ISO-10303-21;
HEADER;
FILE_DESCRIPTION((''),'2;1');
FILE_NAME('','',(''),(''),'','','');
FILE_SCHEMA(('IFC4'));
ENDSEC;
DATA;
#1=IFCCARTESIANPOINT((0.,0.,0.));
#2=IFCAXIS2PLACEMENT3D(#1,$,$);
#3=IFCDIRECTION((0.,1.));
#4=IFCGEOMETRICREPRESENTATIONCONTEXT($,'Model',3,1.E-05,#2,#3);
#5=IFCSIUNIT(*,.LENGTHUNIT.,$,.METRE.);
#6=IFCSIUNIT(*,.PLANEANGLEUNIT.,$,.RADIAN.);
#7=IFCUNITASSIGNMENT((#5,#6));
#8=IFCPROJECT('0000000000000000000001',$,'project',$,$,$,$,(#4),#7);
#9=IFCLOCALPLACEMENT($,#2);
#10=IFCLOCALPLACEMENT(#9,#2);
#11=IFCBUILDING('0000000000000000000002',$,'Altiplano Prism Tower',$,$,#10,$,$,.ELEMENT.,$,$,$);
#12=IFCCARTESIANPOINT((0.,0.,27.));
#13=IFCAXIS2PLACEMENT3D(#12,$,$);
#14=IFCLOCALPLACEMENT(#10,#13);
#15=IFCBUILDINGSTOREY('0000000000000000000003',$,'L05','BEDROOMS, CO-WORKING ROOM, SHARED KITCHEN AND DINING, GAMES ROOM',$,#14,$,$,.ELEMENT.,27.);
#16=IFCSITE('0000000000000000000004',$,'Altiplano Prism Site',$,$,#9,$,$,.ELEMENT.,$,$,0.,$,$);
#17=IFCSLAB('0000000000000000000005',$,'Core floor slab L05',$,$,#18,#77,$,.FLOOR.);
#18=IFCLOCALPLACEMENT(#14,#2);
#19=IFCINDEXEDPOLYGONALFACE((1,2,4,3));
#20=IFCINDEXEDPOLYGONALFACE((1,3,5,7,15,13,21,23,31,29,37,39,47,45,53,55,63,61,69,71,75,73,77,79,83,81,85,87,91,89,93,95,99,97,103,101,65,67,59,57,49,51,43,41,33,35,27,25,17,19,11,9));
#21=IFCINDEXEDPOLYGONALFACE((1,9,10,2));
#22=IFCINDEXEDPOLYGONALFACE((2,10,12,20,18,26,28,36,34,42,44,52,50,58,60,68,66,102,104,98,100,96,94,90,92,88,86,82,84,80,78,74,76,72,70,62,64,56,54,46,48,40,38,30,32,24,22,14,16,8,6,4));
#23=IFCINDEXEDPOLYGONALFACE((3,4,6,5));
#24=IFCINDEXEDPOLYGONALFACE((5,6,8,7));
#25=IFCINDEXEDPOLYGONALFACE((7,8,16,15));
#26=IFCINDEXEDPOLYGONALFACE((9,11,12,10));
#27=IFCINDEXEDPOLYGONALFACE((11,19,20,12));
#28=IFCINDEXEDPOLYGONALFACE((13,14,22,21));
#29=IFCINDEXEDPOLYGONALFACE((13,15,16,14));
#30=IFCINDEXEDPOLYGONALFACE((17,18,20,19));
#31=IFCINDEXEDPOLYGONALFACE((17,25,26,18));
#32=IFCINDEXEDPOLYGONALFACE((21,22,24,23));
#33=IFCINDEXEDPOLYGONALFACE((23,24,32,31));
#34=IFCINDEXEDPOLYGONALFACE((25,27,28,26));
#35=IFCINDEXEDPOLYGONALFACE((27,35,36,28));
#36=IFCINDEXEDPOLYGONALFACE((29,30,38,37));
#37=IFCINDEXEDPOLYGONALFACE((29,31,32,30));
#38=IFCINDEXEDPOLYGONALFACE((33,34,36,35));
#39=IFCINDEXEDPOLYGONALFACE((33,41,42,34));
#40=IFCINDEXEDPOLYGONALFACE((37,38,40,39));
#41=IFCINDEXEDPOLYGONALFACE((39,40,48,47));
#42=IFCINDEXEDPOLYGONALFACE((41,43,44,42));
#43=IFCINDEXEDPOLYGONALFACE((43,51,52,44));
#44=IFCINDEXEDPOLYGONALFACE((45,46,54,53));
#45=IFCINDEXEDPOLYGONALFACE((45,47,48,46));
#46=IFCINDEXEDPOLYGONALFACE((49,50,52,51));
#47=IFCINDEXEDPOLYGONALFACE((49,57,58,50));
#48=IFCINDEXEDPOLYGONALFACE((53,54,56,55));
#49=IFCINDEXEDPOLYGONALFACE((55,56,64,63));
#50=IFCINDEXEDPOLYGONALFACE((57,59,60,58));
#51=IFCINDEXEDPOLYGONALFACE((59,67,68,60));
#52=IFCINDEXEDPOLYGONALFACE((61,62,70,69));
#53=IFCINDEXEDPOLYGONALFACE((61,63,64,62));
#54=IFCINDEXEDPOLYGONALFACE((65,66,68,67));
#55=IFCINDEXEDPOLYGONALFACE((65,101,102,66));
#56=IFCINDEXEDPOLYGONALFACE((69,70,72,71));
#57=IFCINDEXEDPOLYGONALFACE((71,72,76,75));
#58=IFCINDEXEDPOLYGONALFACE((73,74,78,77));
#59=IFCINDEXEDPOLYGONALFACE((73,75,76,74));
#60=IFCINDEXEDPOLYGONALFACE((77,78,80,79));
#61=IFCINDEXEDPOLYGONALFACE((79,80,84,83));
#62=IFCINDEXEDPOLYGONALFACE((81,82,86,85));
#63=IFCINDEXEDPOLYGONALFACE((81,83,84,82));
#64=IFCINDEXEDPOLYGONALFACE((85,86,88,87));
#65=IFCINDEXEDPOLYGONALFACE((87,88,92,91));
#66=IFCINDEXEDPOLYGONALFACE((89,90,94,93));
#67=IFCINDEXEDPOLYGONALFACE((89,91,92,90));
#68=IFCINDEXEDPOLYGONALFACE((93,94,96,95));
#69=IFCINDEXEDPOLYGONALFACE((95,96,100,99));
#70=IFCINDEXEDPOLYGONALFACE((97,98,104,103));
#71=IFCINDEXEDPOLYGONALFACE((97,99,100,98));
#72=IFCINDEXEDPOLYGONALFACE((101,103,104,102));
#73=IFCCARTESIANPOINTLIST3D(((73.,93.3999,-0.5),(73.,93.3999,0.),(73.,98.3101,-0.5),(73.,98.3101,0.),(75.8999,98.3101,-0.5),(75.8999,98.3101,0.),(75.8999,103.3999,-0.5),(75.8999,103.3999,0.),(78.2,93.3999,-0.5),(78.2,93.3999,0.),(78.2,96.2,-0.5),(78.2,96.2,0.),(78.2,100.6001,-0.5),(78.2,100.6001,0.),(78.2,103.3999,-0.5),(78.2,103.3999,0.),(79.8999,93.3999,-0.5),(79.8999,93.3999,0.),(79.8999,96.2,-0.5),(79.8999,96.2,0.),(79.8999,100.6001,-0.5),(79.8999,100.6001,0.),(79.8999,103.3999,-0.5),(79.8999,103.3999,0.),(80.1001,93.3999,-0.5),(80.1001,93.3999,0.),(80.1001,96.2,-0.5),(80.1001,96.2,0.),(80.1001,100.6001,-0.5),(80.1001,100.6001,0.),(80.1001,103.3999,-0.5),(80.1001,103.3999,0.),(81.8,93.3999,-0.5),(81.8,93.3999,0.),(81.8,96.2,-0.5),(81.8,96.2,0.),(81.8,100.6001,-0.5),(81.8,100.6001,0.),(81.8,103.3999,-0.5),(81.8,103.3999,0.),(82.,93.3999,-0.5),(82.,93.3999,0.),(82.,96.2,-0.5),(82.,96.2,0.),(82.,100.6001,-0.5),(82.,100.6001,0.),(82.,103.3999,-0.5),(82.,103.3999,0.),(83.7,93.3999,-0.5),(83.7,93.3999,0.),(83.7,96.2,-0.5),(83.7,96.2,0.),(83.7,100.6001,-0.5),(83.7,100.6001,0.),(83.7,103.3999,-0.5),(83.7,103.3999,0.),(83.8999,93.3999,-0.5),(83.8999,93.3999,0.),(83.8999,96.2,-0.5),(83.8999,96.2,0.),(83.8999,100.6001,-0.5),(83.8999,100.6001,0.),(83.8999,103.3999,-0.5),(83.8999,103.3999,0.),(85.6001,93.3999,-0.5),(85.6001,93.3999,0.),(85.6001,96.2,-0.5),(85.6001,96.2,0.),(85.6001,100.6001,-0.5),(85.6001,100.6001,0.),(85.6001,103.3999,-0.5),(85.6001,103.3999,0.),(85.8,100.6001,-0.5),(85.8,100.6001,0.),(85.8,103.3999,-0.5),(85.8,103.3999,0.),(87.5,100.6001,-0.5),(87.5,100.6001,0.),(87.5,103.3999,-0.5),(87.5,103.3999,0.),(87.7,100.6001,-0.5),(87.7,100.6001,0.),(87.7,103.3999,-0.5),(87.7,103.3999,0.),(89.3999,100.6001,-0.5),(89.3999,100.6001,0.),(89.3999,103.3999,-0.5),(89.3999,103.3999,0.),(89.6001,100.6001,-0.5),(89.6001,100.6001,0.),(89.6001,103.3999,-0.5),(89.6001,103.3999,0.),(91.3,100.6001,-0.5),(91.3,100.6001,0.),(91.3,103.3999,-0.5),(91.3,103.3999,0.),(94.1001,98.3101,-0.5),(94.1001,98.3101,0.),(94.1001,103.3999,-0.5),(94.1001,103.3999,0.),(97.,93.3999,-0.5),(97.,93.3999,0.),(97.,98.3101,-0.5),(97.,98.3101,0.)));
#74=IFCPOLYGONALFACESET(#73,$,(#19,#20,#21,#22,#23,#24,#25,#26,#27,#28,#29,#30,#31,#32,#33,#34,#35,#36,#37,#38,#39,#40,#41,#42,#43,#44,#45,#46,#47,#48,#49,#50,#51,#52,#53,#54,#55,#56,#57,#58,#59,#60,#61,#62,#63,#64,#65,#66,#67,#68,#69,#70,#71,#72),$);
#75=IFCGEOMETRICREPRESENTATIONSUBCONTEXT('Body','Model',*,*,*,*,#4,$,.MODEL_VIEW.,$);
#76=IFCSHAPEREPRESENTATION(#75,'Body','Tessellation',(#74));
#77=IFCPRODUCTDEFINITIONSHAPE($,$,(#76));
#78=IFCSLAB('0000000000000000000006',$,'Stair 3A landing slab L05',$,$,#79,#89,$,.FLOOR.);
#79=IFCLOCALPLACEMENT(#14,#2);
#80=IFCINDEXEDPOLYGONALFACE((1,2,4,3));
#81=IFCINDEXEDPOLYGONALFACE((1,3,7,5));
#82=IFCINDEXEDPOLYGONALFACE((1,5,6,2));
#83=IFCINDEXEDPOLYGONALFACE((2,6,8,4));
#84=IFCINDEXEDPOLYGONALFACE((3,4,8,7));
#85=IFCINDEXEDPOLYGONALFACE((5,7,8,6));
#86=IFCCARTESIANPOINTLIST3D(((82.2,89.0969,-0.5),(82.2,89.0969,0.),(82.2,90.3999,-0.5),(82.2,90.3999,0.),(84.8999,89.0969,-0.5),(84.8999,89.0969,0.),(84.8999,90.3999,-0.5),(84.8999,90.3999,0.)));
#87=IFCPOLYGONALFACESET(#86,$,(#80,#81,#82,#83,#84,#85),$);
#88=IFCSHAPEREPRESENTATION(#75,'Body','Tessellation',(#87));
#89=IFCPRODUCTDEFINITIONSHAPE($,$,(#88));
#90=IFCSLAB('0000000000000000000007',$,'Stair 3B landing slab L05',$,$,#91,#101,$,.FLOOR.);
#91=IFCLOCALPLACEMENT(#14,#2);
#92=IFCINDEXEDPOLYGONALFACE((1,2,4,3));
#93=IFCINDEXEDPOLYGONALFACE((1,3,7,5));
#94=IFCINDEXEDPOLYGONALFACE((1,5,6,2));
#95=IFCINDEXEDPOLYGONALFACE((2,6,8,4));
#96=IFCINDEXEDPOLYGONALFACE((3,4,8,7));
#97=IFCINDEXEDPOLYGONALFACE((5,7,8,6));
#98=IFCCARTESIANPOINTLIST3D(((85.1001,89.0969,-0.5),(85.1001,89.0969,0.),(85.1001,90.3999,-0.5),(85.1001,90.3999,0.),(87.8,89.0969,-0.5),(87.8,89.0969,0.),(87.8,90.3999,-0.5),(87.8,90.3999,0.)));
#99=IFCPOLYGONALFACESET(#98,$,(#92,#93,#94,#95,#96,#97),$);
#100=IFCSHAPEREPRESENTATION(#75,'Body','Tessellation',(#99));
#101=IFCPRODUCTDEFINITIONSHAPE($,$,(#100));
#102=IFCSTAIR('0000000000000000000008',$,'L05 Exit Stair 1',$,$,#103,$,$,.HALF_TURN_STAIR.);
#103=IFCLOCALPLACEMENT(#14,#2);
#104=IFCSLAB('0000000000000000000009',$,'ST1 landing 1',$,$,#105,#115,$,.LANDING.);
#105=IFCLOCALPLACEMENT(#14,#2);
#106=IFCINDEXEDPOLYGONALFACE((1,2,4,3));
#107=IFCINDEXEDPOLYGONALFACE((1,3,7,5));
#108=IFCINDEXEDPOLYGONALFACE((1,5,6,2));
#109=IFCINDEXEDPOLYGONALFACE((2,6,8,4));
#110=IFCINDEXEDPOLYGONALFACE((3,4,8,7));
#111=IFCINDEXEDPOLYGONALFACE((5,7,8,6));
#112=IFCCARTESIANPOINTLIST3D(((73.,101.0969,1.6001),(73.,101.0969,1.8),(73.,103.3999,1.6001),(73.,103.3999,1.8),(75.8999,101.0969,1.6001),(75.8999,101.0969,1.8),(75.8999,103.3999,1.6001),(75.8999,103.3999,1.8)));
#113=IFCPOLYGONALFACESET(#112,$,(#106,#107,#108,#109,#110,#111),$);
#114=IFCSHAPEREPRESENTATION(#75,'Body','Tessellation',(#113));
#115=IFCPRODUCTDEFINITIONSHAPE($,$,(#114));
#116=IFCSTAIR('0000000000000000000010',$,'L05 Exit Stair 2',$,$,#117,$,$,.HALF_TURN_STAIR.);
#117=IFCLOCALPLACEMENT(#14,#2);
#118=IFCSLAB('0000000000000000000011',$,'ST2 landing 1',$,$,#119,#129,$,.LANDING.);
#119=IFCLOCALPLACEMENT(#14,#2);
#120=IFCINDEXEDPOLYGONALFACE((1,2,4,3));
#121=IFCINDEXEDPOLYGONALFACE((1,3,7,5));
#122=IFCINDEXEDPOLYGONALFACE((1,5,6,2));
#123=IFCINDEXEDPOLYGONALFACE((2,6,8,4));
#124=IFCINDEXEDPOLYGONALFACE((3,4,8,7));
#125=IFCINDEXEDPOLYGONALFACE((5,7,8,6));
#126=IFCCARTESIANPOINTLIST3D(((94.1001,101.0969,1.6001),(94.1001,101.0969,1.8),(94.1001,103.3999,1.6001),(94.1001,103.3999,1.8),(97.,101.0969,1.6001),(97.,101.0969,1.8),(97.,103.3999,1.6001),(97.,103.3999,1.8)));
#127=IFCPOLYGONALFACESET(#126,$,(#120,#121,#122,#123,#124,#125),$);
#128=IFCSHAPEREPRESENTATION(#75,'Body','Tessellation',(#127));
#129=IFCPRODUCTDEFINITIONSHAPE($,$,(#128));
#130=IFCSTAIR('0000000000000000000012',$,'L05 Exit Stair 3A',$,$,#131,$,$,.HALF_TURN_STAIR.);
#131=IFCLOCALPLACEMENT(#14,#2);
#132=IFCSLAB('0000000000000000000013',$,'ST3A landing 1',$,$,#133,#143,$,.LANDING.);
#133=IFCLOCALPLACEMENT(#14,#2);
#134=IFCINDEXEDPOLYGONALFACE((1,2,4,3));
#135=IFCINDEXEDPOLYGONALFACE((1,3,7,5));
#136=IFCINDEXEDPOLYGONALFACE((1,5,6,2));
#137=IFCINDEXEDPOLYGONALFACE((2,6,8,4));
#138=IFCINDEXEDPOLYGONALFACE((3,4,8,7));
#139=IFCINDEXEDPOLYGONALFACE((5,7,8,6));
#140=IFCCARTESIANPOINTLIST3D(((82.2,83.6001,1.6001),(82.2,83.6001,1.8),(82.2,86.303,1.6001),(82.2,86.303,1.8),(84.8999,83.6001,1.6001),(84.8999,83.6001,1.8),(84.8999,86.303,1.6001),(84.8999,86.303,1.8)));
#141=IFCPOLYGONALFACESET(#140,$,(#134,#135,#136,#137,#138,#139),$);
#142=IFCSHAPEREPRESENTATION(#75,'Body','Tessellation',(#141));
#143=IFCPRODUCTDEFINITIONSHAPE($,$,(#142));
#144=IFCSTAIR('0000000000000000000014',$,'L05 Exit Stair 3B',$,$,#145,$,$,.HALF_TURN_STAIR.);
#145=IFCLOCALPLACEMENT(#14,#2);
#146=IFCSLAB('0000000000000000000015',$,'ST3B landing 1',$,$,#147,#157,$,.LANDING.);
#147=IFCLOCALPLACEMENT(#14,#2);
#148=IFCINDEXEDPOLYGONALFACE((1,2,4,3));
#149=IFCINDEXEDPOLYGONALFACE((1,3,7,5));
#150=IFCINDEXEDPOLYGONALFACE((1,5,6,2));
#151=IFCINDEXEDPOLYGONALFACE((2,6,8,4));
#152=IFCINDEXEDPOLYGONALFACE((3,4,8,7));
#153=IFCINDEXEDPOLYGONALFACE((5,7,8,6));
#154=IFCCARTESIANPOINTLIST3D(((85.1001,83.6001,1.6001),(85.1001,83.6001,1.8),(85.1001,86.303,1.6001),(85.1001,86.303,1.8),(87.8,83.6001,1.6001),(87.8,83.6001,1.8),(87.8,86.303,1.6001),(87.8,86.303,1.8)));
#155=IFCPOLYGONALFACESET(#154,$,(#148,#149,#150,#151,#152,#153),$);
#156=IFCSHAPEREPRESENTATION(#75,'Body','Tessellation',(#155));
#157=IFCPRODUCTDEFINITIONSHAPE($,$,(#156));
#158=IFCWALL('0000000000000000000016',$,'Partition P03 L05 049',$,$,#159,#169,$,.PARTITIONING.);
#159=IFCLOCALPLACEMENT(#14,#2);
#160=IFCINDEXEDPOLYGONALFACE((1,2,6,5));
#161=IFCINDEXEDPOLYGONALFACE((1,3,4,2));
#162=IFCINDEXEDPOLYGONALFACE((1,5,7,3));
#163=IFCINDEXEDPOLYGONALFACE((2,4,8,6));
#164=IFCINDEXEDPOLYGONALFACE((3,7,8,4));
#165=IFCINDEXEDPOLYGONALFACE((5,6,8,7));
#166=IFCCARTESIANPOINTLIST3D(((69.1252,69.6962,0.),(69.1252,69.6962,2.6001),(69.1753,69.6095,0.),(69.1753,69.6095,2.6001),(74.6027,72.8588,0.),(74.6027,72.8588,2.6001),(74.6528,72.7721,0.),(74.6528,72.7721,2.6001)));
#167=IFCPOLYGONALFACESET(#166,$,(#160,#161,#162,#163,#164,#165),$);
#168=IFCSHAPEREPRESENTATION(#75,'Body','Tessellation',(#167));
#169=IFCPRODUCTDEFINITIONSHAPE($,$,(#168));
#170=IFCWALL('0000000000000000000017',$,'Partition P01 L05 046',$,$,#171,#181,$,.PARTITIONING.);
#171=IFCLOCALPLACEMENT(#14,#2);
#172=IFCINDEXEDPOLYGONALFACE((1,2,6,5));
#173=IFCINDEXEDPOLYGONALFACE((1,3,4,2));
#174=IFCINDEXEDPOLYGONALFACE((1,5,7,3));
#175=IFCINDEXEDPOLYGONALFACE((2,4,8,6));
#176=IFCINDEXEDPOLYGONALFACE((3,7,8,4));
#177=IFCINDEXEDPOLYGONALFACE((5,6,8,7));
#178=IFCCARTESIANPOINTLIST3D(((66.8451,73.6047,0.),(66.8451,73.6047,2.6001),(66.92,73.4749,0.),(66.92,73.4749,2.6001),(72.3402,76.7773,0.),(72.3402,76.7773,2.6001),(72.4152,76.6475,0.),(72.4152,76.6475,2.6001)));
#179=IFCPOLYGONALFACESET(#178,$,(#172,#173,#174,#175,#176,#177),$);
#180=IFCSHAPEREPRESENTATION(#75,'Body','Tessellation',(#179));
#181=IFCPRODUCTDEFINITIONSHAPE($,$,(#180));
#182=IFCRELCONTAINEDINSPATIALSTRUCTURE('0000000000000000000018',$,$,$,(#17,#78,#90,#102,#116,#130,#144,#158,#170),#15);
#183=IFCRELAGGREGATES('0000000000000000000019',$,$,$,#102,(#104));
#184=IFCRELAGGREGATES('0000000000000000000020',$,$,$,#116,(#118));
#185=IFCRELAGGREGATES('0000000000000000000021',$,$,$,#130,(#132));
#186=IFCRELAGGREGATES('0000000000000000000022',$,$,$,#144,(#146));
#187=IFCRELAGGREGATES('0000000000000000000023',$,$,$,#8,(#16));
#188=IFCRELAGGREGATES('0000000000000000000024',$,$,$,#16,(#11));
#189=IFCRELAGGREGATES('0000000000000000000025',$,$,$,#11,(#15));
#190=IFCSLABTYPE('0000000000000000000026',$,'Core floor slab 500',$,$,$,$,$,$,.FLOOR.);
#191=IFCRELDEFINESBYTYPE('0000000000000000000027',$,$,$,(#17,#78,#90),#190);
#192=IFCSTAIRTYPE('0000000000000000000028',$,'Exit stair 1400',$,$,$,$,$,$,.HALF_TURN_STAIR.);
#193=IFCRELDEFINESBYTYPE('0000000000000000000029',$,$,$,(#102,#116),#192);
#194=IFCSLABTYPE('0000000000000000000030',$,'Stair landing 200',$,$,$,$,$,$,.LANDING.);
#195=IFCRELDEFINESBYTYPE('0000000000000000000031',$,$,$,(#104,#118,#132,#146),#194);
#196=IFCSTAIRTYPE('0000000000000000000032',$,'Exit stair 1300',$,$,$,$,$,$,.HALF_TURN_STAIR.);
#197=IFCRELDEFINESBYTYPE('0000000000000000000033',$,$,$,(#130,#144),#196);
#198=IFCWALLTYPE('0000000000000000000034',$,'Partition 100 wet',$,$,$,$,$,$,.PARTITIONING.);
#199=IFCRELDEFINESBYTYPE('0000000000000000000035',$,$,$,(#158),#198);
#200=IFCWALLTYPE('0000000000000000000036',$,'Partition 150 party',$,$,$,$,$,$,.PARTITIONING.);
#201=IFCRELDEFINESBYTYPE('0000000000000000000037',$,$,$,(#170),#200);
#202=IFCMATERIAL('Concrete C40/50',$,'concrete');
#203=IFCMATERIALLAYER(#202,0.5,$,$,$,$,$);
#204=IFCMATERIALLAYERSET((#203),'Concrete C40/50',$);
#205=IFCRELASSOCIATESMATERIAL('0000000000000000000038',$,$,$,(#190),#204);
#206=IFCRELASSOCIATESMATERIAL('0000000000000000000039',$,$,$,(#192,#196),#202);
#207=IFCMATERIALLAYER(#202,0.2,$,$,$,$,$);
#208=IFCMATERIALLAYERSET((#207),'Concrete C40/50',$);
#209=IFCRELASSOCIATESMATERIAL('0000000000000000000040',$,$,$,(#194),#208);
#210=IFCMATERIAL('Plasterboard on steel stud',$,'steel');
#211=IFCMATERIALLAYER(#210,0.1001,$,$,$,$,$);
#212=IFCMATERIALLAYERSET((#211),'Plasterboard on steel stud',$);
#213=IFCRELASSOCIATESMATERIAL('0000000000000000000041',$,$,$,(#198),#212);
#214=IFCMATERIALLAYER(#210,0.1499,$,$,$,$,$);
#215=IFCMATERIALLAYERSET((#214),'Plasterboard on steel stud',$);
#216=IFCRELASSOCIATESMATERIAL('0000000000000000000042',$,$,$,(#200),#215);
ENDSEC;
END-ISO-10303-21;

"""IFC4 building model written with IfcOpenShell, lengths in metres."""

from ifc_helpers import new_model, si_unit, direction, frame, frame_2d, origin, place, context, subcontext, project, spatial, polyline, rectangle, outline, extrude, material, layer, layer_set, type_object, element, aggregate, save


model = new_model("IFC4")

# Units and contexts
model_context = context("Model", 3, precision=1e-05, world=origin(), true_north=direction((0.0, 1.0)))
body_context = subcontext(model_context, "Body", "Model", "MODEL_VIEW")
ifc_project = project(units=[si_unit("LENGTHUNIT", "METRE"), si_unit("PLANEANGLEUNIT", "RADIAN")], contexts=[model_context])

# Site, building, storey
site_placement = place(None, origin())
site = spatial("IfcSite", under=ifc_project, at=site_placement, Name="Altiplano Prism Site", CompositionType="ELEMENT", RefElevation=0.0)
building_placement = place(site_placement, origin())
building = spatial("IfcBuilding", under=site, at=building_placement, Name="Altiplano Prism Tower", CompositionType="ELEMENT")
storey_placement = place(building_placement, frame((0.0, 0.0, 27.0)))
storey = spatial("IfcBuildingStorey", under=building, at=storey_placement, Name="L05", Description="BEDROOMS, CO-WORKING ROOM, SHARED KITCHEN AND DINING, GAMES ROOM", CompositionType="ELEMENT", Elevation=27.0)

# Slabs
ifc_material_1 = material(Name="Concrete C40/50", Category="concrete")
ifc_layer_1 = layer(ifc_material_1, 0.5)
ifc_layer_set_1 = layer_set([ifc_layer_1], Name="Concrete C40/50")
slab_type_1 = type_object("IfcSlabType", Name="Core floor slab 500", PredefinedType="FLOOR", material=ifc_layer_set_1)
slab_1_placement = place(storey_placement, frame((0.0, 0.0, -0.5)))
element("IfcSlab", 1, at=slab_1_placement, inside=storey, type_object=slab_type_1, Name="Core floor slab L05", PredefinedType="FLOOR", context=body_context, shape_type="SweptSolid", body=[
    extrude(outline(polyline([(97.0, 98.3101), (94.1001, 98.3101), (94.1001, 103.3999), (91.3, 103.3999), (91.3, 100.6001), (89.6001, 100.6001), (89.6001, 103.3999), (89.3999, 103.3999), (89.3999, 100.6001), (87.7, 100.6001), (87.7, 103.3999), (87.5, 103.3999), (87.5, 100.6001), (85.8, 100.6001), (85.8, 103.3999), (85.6001, 103.3999), (85.6001, 100.6001), (83.8999, 100.6001), (83.8999, 103.3999), (83.7, 103.3999), (83.7, 100.6001), (82.0, 100.6001), (82.0, 103.3999), (81.8, 103.3999), (81.8, 100.6001), (80.1001, 100.6001), (80.1001, 103.3999), (79.8999, 103.3999), (79.8999, 100.6001), (78.2, 100.6001), (78.2, 103.3999), (75.8999, 103.3999), (75.8999, 98.3101), (73.0, 98.3101), (73.0, 93.3999), (78.2, 93.3999), (78.2, 96.2), (79.8999, 96.2), (79.8999, 93.3999), (80.1001, 93.3999), (80.1001, 96.2), (81.8, 96.2), (81.8, 93.3999), (82.0, 93.3999), (82.0, 96.2), (83.7, 96.2), (83.7, 93.3999), (83.8999, 93.3999), (83.8999, 96.2), (85.6001, 96.2), (85.6001, 93.3999), (97.0, 93.3999), (97.0, 98.3101)])), origin(), (0.0, 0.0, 1.0), 0.5),
])
slab_2_placement = place(storey_placement, frame((0.0, 0.0, -0.5)))
element("IfcSlab", 2, at=slab_2_placement, inside=storey, type_object=slab_type_1, Name="Stair 3A landing slab L05", PredefinedType="FLOOR", context=body_context, shape_type="SweptSolid", body=[
    extrude(outline(polyline([(82.2, 89.0969), (84.8999, 89.0969), (84.8999, 90.3999), (82.2, 90.3999), (82.2, 89.0969)])), origin(), (0.0, 0.0, 1.0), 0.5),
])
slab_3_placement = place(storey_placement, frame((0.0, 0.0, -0.5)))
element("IfcSlab", 3, at=slab_3_placement, inside=storey, type_object=slab_type_1, Name="Stair 3B landing slab L05", PredefinedType="FLOOR", context=body_context, shape_type="SweptSolid", body=[
    extrude(outline(polyline([(85.1001, 89.0969), (87.8, 89.0969), (87.8, 90.3999), (85.1001, 90.3999), (85.1001, 89.0969)])), origin(), (0.0, 0.0, 1.0), 0.5),
])

# Stairs, slabs
stair_type_1 = type_object("IfcStairType", Name="Exit stair 1400", PredefinedType="HALF_TURN_STAIR", material=ifc_material_1)
stair_1_placement = place(storey_placement, origin())
stair_1 = element("IfcStair", 4, at=stair_1_placement, inside=storey, type_object=stair_type_1, Name="L05 Exit Stair 1", PredefinedType="HALF_TURN_STAIR")
ifc_layer_2 = layer(ifc_material_1, 0.2)
ifc_layer_set_2 = layer_set([ifc_layer_2], Name="Concrete C40/50")
slab_type_2 = type_object("IfcSlabType", Name="Stair landing 200", PredefinedType="LANDING", material=ifc_layer_set_2)
slab_4_placement = place(storey_placement, frame((0.0, 0.0, 1.6001)))
slab_4 = element("IfcSlab", 5, at=slab_4_placement, type_object=slab_type_2, Name="ST1 landing 1", PredefinedType="LANDING", context=body_context, shape_type="SweptSolid", body=[
    extrude(outline(polyline([(75.8999, 101.0969), (75.8999, 103.3999), (73.0, 103.3999), (73.0, 101.0969), (75.8999, 101.0969)])), origin(), (0.0, 0.0, 1.0), 0.2),
])
aggregate(stair_1, [slab_4])
stair_2_placement = place(storey_placement, origin())
stair_2 = element("IfcStair", 6, at=stair_2_placement, inside=storey, type_object=stair_type_1, Name="L05 Exit Stair 2", PredefinedType="HALF_TURN_STAIR")
slab_5_placement = place(storey_placement, frame((0.0, 0.0, 1.6001)))
slab_5 = element("IfcSlab", 7, at=slab_5_placement, type_object=slab_type_2, Name="ST2 landing 1", PredefinedType="LANDING", context=body_context, shape_type="SweptSolid", body=[
    extrude(outline(polyline([(97.0, 101.0969), (97.0, 103.3999), (94.1001, 103.3999), (94.1001, 101.0969), (97.0, 101.0969)])), origin(), (0.0, 0.0, 1.0), 0.2),
])
aggregate(stair_2, [slab_5])
stair_type_2 = type_object("IfcStairType", Name="Exit stair 1300", PredefinedType="HALF_TURN_STAIR", material=ifc_material_1)
stair_3_placement = place(storey_placement, origin())
stair_3 = element("IfcStair", 8, at=stair_3_placement, inside=storey, type_object=stair_type_2, Name="L05 Exit Stair 3A", PredefinedType="HALF_TURN_STAIR")
slab_6_placement = place(storey_placement, frame((0.0, 0.0, 1.6001)))
slab_6 = element("IfcSlab", 9, at=slab_6_placement, type_object=slab_type_2, Name="ST3A landing 1", PredefinedType="LANDING", context=body_context, shape_type="SweptSolid", body=[
    extrude(outline(polyline([(82.2, 86.303), (82.2, 83.6001), (84.8999, 83.6001), (84.8999, 86.303), (82.2, 86.303)])), origin(), (0.0, 0.0, 1.0), 0.2),
])
aggregate(stair_3, [slab_6])
stair_4_placement = place(storey_placement, origin())
stair_4 = element("IfcStair", 10, at=stair_4_placement, inside=storey, type_object=stair_type_2, Name="L05 Exit Stair 3B", PredefinedType="HALF_TURN_STAIR")
slab_7_placement = place(storey_placement, frame((0.0, 0.0, 1.6001)))
slab_7 = element("IfcSlab", 11, at=slab_7_placement, type_object=slab_type_2, Name="ST3B landing 1", PredefinedType="LANDING", context=body_context, shape_type="SweptSolid", body=[
    extrude(outline(polyline([(85.1001, 86.303), (85.1001, 83.6001), (87.8, 83.6001), (87.8, 86.303), (85.1001, 86.303)])), origin(), (0.0, 0.0, 1.0), 0.2),
])
aggregate(stair_4, [slab_7])

# Walls
ifc_material_2 = material(Name="Plasterboard on steel stud", Category="steel")
ifc_layer_3 = layer(ifc_material_2, 0.1001)
ifc_layer_set_3 = layer_set([ifc_layer_3], Name="Plasterboard on steel stud")
wall_type_1 = type_object("IfcWallType", Name="Partition 100 wet", PredefinedType="PARTITIONING", material=ifc_layer_set_3)
wall_1_placement = place(storey_placement, frame((69.1501, 69.6528, 0.0), z_axis=(0.0, 0.0, 1.0), x_axis=(0.866016, 0.500016, 0.0)))
element("IfcWall", 12, at=wall_1_placement, inside=storey, type_object=wall_type_1, Name="Partition P03 L05 049", PredefinedType="PARTITIONING", context=body_context, shape_type="SweptSolid", body=[
    extrude(rectangle(XDim=6.325, YDim=0.1001, at=frame_2d((3.1626, 0.0))), origin(), (0.0, 0.0, 1.0), 2.6001),
])
ifc_layer_4 = layer(ifc_material_2, 0.1499)
ifc_layer_set_4 = layer_set([ifc_layer_4], Name="Plasterboard on steel stud")
wall_type_2 = type_object("IfcWallType", Name="Partition 150 party", PredefinedType="PARTITIONING", material=ifc_layer_set_4)
wall_2_placement = place(storey_placement, frame((66.8826, 73.5398, 0.0), z_axis=(0.0, 0.0, 1.0), x_axis=(0.866025, 0.5, 0.0)))
element("IfcWall", 13, at=wall_2_placement, inside=storey, type_object=wall_type_2, Name="Partition P01 L05 046", PredefinedType="PARTITIONING", context=body_context, shape_type="SweptSolid", body=[
    extrude(rectangle(XDim=6.3452, YDim=0.1499, at=frame_2d((3.1726, 0.0))), origin(), (0.0, 0.0, 1.0), 2.6001),
])

save(model, "model.ifc")
